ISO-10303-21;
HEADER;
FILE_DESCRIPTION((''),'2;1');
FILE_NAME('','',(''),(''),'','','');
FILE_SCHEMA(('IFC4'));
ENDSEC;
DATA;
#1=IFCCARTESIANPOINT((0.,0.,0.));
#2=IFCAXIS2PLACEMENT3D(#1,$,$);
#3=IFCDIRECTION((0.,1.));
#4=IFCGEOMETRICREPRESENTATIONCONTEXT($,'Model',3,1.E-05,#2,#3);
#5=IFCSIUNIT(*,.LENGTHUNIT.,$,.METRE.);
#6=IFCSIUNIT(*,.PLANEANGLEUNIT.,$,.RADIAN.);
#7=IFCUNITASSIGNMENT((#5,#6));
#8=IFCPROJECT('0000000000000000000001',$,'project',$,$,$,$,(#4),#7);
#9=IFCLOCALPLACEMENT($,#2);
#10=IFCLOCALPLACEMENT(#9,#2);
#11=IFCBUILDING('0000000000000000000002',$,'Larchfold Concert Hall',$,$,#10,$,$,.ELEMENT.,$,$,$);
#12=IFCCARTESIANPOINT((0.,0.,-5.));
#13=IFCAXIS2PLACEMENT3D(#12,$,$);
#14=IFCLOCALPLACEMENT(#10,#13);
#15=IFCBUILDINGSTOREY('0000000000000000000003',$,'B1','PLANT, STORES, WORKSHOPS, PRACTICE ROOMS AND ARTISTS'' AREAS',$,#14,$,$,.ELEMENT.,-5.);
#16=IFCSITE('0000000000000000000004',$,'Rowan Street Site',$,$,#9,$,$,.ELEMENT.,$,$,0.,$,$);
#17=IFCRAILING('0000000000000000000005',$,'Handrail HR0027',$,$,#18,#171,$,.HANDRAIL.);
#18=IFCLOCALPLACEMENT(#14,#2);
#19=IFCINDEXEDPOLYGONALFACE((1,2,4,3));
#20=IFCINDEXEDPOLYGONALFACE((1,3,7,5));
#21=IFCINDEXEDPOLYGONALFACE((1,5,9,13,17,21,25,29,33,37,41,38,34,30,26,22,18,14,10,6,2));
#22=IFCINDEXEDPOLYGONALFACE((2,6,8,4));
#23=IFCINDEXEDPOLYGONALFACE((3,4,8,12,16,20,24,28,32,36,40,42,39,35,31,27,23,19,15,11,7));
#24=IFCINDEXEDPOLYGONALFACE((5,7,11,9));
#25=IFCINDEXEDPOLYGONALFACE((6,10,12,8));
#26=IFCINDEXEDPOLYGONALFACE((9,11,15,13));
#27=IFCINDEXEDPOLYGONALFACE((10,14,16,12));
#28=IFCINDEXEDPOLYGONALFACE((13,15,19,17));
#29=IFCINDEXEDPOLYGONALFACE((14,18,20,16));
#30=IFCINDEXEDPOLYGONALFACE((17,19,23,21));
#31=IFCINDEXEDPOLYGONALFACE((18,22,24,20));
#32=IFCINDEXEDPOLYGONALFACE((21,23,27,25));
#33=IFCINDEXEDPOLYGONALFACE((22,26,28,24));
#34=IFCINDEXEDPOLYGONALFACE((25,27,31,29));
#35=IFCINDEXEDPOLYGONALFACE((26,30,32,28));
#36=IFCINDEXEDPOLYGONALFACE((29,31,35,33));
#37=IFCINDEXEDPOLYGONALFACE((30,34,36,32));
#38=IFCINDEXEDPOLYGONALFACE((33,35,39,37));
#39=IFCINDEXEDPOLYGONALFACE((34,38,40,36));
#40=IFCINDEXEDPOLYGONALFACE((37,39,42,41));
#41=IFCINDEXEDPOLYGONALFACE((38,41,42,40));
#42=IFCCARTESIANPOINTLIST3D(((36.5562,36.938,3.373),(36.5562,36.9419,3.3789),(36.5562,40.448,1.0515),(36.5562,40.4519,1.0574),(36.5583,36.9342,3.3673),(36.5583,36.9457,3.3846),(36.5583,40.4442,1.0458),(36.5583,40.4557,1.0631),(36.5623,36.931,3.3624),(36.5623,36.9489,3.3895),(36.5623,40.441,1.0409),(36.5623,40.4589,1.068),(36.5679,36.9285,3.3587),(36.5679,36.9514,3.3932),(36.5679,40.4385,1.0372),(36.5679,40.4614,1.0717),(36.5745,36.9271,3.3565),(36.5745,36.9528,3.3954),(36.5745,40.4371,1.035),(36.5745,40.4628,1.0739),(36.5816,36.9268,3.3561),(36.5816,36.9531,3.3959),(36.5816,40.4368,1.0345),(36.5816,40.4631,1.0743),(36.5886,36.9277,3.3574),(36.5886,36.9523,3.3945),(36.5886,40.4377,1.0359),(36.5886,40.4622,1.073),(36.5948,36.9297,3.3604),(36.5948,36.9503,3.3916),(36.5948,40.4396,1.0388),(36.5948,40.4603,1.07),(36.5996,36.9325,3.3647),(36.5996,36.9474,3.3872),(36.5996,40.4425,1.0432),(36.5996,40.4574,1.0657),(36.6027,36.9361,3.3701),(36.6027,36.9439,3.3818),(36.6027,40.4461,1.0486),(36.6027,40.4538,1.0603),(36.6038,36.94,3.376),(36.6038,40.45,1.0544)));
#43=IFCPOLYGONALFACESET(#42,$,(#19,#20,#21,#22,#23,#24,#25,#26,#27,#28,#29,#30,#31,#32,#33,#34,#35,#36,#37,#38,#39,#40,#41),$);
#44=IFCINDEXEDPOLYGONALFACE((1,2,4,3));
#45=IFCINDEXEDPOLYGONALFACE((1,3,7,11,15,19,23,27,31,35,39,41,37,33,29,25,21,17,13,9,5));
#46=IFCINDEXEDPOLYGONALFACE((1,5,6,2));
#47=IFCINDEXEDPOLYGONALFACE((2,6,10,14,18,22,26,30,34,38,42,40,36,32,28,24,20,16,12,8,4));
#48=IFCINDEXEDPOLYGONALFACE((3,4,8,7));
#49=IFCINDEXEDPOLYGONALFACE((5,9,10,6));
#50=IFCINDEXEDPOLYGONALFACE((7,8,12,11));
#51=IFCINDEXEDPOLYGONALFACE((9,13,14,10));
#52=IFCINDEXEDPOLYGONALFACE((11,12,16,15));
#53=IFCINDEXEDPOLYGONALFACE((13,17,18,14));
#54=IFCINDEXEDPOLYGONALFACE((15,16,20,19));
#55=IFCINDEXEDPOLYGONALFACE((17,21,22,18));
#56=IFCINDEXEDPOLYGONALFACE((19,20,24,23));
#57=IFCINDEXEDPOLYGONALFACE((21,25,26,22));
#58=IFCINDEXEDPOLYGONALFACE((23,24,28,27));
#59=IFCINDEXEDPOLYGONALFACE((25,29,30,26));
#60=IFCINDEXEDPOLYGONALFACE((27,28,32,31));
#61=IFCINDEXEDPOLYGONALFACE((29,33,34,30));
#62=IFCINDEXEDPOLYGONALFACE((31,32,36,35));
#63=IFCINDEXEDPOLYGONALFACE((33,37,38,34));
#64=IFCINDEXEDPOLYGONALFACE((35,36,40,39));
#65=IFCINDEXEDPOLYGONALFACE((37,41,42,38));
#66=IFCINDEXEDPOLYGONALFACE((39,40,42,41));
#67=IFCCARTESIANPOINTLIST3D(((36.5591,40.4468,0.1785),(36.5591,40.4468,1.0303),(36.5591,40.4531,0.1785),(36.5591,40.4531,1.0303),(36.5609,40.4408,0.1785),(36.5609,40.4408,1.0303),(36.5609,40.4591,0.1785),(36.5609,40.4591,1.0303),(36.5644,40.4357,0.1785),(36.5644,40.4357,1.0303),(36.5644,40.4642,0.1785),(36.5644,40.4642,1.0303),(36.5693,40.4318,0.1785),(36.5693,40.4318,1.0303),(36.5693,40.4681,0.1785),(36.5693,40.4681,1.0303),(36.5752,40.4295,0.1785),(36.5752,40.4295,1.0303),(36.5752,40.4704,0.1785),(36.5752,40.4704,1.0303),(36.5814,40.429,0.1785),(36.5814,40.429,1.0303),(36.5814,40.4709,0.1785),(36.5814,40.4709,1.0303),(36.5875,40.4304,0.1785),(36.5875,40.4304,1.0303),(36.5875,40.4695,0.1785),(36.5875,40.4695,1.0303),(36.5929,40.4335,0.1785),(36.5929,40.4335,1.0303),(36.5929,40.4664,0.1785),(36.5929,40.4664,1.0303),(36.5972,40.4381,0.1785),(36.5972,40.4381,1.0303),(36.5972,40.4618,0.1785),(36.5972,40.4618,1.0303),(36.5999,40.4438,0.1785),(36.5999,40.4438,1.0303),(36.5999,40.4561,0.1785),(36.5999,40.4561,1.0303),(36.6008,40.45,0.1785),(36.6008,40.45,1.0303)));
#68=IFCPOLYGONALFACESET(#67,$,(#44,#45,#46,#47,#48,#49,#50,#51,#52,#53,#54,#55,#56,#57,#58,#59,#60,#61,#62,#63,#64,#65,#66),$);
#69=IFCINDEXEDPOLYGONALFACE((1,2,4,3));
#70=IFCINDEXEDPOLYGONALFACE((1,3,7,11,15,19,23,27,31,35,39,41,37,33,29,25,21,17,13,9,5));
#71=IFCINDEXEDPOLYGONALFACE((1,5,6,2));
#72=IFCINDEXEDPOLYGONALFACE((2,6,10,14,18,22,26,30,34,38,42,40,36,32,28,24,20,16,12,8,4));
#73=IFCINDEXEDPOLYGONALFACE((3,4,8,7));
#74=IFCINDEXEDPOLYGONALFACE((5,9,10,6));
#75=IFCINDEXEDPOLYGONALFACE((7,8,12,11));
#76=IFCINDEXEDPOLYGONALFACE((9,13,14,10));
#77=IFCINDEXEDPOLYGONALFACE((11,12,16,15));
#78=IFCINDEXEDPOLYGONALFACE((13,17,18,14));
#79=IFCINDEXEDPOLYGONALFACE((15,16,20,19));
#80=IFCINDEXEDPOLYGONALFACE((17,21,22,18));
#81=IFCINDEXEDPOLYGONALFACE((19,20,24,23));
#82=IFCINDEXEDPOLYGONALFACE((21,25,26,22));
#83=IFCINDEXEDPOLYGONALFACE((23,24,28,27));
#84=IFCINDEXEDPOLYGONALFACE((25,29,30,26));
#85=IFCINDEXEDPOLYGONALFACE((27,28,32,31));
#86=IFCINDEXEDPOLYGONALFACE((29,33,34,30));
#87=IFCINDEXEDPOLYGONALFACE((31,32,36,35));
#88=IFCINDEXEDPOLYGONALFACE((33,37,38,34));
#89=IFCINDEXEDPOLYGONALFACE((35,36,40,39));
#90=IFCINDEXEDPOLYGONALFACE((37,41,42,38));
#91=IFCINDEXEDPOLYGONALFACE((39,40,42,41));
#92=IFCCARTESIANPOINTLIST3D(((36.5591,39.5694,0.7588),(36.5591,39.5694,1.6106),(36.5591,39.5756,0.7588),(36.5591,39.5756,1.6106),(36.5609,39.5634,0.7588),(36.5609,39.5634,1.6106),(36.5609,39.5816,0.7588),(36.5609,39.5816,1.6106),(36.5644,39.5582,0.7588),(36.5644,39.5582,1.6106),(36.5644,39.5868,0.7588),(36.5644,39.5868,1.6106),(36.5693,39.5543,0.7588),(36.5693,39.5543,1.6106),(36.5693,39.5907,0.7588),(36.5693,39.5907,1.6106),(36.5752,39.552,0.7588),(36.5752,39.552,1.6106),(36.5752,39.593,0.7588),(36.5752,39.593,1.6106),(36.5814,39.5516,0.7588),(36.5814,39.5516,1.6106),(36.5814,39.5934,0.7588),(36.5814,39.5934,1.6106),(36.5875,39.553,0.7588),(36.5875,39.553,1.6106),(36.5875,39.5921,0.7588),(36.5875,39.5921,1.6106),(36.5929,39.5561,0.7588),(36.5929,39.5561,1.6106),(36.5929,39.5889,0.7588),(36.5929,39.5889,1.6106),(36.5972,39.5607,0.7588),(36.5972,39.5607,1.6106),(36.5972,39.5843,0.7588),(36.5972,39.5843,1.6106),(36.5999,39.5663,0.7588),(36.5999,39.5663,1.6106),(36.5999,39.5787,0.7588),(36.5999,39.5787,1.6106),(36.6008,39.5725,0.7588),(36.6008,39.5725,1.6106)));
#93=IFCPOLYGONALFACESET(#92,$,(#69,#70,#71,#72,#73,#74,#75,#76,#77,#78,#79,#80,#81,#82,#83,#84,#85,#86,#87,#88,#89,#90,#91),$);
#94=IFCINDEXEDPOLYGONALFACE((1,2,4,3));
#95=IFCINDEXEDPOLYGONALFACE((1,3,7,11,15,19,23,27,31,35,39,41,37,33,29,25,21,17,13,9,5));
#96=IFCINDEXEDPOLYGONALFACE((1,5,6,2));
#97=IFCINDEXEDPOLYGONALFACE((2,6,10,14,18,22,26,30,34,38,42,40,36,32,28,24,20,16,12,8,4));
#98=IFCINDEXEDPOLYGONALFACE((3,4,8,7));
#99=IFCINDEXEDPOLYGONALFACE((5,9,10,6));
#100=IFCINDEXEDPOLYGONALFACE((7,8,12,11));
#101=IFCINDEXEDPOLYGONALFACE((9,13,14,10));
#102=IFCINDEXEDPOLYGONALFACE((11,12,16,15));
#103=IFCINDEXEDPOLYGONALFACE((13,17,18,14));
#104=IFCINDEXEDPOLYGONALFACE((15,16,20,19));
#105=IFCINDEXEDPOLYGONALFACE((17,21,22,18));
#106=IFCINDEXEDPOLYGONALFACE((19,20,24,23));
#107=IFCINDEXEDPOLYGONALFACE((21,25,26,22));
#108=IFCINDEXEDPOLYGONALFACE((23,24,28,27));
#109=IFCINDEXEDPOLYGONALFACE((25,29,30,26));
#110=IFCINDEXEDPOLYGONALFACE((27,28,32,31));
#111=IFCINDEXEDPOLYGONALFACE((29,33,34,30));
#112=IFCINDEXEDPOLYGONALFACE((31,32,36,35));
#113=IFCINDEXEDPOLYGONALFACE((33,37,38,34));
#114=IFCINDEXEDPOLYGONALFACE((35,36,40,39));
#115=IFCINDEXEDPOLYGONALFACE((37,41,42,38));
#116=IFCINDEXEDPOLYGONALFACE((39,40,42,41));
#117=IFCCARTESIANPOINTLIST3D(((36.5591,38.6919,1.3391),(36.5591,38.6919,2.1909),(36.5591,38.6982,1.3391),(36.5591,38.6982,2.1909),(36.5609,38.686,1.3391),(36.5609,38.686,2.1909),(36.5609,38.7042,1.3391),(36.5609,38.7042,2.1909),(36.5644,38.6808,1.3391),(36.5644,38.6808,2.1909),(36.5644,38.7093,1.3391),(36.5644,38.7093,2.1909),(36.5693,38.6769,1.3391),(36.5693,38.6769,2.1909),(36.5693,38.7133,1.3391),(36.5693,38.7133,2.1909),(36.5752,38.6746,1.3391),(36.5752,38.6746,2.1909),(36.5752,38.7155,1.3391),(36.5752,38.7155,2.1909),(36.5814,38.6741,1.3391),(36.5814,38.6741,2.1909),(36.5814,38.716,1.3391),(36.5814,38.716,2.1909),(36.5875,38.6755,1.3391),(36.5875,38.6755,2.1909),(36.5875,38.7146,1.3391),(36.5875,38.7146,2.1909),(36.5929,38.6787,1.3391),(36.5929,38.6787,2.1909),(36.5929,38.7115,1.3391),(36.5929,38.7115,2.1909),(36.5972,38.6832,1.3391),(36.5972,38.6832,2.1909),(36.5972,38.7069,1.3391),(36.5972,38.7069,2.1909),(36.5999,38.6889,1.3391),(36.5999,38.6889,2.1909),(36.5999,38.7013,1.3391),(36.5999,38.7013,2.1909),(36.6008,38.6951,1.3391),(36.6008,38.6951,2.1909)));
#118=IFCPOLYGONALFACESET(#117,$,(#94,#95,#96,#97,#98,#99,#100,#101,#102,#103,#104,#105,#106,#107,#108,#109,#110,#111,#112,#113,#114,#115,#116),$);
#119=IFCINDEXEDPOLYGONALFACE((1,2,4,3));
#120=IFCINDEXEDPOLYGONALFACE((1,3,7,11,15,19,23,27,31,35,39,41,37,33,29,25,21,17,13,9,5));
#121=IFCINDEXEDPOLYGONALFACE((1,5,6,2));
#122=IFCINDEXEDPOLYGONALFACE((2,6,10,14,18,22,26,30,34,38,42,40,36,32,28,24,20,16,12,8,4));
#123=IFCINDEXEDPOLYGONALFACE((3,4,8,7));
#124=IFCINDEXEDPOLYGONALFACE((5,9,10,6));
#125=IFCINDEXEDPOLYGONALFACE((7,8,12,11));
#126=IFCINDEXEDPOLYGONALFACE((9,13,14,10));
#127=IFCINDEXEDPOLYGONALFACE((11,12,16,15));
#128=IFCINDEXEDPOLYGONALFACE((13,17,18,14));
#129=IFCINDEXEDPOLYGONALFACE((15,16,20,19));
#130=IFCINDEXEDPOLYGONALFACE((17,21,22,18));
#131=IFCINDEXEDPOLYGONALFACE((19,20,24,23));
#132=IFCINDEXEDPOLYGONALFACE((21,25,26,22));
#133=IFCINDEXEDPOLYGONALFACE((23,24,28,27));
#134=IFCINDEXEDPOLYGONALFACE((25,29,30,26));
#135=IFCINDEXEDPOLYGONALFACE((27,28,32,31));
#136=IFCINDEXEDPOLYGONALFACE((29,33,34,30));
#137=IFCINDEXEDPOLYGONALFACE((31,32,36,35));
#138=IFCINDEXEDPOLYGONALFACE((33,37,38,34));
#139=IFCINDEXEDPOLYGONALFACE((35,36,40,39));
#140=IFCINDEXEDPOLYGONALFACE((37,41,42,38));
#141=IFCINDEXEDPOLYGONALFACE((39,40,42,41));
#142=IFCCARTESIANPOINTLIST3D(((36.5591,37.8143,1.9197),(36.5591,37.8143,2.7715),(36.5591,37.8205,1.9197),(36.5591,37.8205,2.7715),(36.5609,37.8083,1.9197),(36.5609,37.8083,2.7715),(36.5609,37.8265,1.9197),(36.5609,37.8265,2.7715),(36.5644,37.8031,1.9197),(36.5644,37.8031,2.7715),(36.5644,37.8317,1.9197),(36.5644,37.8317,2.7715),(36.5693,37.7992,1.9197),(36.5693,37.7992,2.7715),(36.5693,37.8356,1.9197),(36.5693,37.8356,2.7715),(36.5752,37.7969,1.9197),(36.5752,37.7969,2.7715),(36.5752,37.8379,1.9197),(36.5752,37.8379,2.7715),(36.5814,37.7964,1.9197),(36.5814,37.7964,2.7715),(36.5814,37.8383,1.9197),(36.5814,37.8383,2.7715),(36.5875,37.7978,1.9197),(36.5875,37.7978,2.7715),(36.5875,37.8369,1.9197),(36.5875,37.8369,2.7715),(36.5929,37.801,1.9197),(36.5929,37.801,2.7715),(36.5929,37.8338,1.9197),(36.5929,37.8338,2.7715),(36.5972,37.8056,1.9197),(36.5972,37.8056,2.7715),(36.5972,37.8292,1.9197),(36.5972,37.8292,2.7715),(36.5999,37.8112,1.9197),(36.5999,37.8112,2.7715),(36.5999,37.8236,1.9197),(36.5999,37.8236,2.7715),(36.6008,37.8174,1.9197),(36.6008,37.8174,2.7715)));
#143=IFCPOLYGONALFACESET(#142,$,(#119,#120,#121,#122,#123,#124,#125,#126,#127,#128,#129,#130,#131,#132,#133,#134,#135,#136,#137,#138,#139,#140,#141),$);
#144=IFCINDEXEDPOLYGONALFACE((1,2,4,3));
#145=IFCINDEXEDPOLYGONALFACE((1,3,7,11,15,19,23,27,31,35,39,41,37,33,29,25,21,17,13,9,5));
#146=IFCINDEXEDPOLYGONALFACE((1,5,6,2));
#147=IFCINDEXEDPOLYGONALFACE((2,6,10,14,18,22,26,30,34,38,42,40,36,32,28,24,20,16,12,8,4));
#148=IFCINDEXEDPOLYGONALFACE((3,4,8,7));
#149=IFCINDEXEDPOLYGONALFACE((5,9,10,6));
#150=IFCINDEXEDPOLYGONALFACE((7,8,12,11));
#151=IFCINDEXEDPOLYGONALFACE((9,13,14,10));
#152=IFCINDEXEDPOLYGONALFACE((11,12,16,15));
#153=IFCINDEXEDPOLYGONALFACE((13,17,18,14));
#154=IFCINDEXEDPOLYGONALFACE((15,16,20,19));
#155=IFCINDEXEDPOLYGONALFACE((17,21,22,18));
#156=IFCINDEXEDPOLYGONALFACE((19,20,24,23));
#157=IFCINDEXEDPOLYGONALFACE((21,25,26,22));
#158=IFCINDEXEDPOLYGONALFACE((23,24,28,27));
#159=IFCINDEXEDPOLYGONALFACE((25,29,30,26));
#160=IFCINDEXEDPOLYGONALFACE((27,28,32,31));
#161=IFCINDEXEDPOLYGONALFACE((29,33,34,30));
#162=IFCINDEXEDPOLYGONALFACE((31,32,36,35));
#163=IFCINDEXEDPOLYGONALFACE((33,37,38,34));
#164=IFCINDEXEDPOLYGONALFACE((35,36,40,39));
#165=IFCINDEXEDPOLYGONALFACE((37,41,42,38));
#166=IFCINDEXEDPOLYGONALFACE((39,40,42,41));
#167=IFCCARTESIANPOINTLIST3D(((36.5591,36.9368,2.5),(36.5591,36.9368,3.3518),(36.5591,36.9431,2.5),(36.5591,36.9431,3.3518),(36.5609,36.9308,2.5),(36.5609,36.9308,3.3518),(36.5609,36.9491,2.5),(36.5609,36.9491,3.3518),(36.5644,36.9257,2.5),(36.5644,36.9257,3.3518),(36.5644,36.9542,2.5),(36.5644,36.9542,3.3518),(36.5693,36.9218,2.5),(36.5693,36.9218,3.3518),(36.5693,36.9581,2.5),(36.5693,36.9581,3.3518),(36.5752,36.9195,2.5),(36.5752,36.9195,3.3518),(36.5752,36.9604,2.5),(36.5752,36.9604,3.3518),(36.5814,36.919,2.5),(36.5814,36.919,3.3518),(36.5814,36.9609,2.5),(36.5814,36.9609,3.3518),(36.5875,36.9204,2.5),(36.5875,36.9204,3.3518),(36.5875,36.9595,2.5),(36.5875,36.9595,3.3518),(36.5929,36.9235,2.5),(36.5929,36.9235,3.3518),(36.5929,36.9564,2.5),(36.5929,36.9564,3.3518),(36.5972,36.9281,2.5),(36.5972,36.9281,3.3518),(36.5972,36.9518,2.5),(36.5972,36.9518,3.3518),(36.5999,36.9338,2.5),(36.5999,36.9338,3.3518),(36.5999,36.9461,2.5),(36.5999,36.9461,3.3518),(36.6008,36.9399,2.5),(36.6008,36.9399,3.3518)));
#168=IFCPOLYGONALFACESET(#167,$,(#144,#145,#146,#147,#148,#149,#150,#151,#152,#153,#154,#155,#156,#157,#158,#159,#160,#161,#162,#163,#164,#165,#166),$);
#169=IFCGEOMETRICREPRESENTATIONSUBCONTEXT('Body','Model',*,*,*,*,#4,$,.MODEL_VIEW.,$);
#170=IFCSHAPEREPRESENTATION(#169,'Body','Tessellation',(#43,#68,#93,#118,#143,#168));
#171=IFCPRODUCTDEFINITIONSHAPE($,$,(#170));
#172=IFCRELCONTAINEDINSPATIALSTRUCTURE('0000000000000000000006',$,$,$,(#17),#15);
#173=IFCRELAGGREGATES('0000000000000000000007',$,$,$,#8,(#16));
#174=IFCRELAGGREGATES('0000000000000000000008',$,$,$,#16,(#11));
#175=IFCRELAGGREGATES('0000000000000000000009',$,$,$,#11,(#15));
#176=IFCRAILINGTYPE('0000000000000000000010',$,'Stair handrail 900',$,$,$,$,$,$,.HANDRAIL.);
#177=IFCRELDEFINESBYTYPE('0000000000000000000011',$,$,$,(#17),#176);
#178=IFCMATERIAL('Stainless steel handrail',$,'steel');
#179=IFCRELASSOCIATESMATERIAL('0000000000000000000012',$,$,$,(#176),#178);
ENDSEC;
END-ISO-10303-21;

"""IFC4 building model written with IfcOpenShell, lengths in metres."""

from ifc_helpers import new_model, si_unit, direction, frame, origin, origin_2d, place, context, subcontext, project, spatial, circle, extrude, material, type_object, element, save


model = new_model("IFC4")

# Units and contexts
model_context = context("Model", 3, precision=1e-05, world=origin(), true_north=direction((0.0, 1.0)))
body_context = subcontext(model_context, "Body", "Model", "MODEL_VIEW")
ifc_project = project(units=[si_unit("LENGTHUNIT", "METRE"), si_unit("PLANEANGLEUNIT", "RADIAN")], contexts=[model_context])

# Site, building, storey
site_placement = place(None, origin())
site = spatial("IfcSite", under=ifc_project, at=site_placement, Name="Rowan Street Site", CompositionType="ELEMENT", RefElevation=0.0)
building_placement = place(site_placement, origin())
building = spatial("IfcBuilding", under=site, at=building_placement, Name="Larchfold Concert Hall", CompositionType="ELEMENT")
storey_placement = place(building_placement, frame((0.0, 0.0, -5.0)))
storey = spatial("IfcBuildingStorey", under=building, at=storey_placement, Name="B1", Description="PLANT, STORES, WORKSHOPS, PRACTICE ROOMS AND ARTISTS' AREAS", CompositionType="ELEMENT", Elevation=-5.0)

# Railing
ifc_material_1 = material(Name="Stainless steel handrail", Category="steel")
railing_type_1 = type_object("IfcRailingType", Name="Stair handrail 900", PredefinedType="HANDRAIL", material=ifc_material_1)
railing_1_placement = place(storey_placement, frame((36.5798, 40.45, 0.1785)))
element("IfcRailing", 1, at=railing_1_placement, inside=storey, type_object=railing_type_1, Name="Handrail HR0027", PredefinedType="HANDRAIL", context=body_context, shape_type="SweptSolid", body=[
    extrude(circle(Radius=0.0239, at=origin_2d()), frame((0.0, 0.0, 0.876), z_axis=(0.0, -0.834071, 0.551657), x_axis=(1.0, 0.0, 0.0)), (0.0, 0.0, 1.0), 4.2083),
    extrude(circle(Radius=0.021, at=origin_2d()), origin(), (0.0, 0.0, 1.0), 0.8518),
    extrude(circle(Radius=0.021, at=origin_2d()), frame((0.0, -0.8774, 0.5803)), (0.0, 0.0, 1.0), 0.8518),
    extrude(circle(Radius=0.021, at=origin_2d()), frame((0.0, -1.7549, 1.1606)), (0.0, 0.0, 1.0), 0.8518),
    extrude(circle(Radius=0.021, at=origin_2d()), frame((0.0, -2.6326, 1.7412)), (0.0, 0.0, 1.0), 0.8518),
    extrude(circle(Radius=0.021, at=origin_2d()), frame((0.0, -3.51, 2.3215)), (0.0, 0.0, 1.0), 0.8518),
])

save(model, "model.ifc")
